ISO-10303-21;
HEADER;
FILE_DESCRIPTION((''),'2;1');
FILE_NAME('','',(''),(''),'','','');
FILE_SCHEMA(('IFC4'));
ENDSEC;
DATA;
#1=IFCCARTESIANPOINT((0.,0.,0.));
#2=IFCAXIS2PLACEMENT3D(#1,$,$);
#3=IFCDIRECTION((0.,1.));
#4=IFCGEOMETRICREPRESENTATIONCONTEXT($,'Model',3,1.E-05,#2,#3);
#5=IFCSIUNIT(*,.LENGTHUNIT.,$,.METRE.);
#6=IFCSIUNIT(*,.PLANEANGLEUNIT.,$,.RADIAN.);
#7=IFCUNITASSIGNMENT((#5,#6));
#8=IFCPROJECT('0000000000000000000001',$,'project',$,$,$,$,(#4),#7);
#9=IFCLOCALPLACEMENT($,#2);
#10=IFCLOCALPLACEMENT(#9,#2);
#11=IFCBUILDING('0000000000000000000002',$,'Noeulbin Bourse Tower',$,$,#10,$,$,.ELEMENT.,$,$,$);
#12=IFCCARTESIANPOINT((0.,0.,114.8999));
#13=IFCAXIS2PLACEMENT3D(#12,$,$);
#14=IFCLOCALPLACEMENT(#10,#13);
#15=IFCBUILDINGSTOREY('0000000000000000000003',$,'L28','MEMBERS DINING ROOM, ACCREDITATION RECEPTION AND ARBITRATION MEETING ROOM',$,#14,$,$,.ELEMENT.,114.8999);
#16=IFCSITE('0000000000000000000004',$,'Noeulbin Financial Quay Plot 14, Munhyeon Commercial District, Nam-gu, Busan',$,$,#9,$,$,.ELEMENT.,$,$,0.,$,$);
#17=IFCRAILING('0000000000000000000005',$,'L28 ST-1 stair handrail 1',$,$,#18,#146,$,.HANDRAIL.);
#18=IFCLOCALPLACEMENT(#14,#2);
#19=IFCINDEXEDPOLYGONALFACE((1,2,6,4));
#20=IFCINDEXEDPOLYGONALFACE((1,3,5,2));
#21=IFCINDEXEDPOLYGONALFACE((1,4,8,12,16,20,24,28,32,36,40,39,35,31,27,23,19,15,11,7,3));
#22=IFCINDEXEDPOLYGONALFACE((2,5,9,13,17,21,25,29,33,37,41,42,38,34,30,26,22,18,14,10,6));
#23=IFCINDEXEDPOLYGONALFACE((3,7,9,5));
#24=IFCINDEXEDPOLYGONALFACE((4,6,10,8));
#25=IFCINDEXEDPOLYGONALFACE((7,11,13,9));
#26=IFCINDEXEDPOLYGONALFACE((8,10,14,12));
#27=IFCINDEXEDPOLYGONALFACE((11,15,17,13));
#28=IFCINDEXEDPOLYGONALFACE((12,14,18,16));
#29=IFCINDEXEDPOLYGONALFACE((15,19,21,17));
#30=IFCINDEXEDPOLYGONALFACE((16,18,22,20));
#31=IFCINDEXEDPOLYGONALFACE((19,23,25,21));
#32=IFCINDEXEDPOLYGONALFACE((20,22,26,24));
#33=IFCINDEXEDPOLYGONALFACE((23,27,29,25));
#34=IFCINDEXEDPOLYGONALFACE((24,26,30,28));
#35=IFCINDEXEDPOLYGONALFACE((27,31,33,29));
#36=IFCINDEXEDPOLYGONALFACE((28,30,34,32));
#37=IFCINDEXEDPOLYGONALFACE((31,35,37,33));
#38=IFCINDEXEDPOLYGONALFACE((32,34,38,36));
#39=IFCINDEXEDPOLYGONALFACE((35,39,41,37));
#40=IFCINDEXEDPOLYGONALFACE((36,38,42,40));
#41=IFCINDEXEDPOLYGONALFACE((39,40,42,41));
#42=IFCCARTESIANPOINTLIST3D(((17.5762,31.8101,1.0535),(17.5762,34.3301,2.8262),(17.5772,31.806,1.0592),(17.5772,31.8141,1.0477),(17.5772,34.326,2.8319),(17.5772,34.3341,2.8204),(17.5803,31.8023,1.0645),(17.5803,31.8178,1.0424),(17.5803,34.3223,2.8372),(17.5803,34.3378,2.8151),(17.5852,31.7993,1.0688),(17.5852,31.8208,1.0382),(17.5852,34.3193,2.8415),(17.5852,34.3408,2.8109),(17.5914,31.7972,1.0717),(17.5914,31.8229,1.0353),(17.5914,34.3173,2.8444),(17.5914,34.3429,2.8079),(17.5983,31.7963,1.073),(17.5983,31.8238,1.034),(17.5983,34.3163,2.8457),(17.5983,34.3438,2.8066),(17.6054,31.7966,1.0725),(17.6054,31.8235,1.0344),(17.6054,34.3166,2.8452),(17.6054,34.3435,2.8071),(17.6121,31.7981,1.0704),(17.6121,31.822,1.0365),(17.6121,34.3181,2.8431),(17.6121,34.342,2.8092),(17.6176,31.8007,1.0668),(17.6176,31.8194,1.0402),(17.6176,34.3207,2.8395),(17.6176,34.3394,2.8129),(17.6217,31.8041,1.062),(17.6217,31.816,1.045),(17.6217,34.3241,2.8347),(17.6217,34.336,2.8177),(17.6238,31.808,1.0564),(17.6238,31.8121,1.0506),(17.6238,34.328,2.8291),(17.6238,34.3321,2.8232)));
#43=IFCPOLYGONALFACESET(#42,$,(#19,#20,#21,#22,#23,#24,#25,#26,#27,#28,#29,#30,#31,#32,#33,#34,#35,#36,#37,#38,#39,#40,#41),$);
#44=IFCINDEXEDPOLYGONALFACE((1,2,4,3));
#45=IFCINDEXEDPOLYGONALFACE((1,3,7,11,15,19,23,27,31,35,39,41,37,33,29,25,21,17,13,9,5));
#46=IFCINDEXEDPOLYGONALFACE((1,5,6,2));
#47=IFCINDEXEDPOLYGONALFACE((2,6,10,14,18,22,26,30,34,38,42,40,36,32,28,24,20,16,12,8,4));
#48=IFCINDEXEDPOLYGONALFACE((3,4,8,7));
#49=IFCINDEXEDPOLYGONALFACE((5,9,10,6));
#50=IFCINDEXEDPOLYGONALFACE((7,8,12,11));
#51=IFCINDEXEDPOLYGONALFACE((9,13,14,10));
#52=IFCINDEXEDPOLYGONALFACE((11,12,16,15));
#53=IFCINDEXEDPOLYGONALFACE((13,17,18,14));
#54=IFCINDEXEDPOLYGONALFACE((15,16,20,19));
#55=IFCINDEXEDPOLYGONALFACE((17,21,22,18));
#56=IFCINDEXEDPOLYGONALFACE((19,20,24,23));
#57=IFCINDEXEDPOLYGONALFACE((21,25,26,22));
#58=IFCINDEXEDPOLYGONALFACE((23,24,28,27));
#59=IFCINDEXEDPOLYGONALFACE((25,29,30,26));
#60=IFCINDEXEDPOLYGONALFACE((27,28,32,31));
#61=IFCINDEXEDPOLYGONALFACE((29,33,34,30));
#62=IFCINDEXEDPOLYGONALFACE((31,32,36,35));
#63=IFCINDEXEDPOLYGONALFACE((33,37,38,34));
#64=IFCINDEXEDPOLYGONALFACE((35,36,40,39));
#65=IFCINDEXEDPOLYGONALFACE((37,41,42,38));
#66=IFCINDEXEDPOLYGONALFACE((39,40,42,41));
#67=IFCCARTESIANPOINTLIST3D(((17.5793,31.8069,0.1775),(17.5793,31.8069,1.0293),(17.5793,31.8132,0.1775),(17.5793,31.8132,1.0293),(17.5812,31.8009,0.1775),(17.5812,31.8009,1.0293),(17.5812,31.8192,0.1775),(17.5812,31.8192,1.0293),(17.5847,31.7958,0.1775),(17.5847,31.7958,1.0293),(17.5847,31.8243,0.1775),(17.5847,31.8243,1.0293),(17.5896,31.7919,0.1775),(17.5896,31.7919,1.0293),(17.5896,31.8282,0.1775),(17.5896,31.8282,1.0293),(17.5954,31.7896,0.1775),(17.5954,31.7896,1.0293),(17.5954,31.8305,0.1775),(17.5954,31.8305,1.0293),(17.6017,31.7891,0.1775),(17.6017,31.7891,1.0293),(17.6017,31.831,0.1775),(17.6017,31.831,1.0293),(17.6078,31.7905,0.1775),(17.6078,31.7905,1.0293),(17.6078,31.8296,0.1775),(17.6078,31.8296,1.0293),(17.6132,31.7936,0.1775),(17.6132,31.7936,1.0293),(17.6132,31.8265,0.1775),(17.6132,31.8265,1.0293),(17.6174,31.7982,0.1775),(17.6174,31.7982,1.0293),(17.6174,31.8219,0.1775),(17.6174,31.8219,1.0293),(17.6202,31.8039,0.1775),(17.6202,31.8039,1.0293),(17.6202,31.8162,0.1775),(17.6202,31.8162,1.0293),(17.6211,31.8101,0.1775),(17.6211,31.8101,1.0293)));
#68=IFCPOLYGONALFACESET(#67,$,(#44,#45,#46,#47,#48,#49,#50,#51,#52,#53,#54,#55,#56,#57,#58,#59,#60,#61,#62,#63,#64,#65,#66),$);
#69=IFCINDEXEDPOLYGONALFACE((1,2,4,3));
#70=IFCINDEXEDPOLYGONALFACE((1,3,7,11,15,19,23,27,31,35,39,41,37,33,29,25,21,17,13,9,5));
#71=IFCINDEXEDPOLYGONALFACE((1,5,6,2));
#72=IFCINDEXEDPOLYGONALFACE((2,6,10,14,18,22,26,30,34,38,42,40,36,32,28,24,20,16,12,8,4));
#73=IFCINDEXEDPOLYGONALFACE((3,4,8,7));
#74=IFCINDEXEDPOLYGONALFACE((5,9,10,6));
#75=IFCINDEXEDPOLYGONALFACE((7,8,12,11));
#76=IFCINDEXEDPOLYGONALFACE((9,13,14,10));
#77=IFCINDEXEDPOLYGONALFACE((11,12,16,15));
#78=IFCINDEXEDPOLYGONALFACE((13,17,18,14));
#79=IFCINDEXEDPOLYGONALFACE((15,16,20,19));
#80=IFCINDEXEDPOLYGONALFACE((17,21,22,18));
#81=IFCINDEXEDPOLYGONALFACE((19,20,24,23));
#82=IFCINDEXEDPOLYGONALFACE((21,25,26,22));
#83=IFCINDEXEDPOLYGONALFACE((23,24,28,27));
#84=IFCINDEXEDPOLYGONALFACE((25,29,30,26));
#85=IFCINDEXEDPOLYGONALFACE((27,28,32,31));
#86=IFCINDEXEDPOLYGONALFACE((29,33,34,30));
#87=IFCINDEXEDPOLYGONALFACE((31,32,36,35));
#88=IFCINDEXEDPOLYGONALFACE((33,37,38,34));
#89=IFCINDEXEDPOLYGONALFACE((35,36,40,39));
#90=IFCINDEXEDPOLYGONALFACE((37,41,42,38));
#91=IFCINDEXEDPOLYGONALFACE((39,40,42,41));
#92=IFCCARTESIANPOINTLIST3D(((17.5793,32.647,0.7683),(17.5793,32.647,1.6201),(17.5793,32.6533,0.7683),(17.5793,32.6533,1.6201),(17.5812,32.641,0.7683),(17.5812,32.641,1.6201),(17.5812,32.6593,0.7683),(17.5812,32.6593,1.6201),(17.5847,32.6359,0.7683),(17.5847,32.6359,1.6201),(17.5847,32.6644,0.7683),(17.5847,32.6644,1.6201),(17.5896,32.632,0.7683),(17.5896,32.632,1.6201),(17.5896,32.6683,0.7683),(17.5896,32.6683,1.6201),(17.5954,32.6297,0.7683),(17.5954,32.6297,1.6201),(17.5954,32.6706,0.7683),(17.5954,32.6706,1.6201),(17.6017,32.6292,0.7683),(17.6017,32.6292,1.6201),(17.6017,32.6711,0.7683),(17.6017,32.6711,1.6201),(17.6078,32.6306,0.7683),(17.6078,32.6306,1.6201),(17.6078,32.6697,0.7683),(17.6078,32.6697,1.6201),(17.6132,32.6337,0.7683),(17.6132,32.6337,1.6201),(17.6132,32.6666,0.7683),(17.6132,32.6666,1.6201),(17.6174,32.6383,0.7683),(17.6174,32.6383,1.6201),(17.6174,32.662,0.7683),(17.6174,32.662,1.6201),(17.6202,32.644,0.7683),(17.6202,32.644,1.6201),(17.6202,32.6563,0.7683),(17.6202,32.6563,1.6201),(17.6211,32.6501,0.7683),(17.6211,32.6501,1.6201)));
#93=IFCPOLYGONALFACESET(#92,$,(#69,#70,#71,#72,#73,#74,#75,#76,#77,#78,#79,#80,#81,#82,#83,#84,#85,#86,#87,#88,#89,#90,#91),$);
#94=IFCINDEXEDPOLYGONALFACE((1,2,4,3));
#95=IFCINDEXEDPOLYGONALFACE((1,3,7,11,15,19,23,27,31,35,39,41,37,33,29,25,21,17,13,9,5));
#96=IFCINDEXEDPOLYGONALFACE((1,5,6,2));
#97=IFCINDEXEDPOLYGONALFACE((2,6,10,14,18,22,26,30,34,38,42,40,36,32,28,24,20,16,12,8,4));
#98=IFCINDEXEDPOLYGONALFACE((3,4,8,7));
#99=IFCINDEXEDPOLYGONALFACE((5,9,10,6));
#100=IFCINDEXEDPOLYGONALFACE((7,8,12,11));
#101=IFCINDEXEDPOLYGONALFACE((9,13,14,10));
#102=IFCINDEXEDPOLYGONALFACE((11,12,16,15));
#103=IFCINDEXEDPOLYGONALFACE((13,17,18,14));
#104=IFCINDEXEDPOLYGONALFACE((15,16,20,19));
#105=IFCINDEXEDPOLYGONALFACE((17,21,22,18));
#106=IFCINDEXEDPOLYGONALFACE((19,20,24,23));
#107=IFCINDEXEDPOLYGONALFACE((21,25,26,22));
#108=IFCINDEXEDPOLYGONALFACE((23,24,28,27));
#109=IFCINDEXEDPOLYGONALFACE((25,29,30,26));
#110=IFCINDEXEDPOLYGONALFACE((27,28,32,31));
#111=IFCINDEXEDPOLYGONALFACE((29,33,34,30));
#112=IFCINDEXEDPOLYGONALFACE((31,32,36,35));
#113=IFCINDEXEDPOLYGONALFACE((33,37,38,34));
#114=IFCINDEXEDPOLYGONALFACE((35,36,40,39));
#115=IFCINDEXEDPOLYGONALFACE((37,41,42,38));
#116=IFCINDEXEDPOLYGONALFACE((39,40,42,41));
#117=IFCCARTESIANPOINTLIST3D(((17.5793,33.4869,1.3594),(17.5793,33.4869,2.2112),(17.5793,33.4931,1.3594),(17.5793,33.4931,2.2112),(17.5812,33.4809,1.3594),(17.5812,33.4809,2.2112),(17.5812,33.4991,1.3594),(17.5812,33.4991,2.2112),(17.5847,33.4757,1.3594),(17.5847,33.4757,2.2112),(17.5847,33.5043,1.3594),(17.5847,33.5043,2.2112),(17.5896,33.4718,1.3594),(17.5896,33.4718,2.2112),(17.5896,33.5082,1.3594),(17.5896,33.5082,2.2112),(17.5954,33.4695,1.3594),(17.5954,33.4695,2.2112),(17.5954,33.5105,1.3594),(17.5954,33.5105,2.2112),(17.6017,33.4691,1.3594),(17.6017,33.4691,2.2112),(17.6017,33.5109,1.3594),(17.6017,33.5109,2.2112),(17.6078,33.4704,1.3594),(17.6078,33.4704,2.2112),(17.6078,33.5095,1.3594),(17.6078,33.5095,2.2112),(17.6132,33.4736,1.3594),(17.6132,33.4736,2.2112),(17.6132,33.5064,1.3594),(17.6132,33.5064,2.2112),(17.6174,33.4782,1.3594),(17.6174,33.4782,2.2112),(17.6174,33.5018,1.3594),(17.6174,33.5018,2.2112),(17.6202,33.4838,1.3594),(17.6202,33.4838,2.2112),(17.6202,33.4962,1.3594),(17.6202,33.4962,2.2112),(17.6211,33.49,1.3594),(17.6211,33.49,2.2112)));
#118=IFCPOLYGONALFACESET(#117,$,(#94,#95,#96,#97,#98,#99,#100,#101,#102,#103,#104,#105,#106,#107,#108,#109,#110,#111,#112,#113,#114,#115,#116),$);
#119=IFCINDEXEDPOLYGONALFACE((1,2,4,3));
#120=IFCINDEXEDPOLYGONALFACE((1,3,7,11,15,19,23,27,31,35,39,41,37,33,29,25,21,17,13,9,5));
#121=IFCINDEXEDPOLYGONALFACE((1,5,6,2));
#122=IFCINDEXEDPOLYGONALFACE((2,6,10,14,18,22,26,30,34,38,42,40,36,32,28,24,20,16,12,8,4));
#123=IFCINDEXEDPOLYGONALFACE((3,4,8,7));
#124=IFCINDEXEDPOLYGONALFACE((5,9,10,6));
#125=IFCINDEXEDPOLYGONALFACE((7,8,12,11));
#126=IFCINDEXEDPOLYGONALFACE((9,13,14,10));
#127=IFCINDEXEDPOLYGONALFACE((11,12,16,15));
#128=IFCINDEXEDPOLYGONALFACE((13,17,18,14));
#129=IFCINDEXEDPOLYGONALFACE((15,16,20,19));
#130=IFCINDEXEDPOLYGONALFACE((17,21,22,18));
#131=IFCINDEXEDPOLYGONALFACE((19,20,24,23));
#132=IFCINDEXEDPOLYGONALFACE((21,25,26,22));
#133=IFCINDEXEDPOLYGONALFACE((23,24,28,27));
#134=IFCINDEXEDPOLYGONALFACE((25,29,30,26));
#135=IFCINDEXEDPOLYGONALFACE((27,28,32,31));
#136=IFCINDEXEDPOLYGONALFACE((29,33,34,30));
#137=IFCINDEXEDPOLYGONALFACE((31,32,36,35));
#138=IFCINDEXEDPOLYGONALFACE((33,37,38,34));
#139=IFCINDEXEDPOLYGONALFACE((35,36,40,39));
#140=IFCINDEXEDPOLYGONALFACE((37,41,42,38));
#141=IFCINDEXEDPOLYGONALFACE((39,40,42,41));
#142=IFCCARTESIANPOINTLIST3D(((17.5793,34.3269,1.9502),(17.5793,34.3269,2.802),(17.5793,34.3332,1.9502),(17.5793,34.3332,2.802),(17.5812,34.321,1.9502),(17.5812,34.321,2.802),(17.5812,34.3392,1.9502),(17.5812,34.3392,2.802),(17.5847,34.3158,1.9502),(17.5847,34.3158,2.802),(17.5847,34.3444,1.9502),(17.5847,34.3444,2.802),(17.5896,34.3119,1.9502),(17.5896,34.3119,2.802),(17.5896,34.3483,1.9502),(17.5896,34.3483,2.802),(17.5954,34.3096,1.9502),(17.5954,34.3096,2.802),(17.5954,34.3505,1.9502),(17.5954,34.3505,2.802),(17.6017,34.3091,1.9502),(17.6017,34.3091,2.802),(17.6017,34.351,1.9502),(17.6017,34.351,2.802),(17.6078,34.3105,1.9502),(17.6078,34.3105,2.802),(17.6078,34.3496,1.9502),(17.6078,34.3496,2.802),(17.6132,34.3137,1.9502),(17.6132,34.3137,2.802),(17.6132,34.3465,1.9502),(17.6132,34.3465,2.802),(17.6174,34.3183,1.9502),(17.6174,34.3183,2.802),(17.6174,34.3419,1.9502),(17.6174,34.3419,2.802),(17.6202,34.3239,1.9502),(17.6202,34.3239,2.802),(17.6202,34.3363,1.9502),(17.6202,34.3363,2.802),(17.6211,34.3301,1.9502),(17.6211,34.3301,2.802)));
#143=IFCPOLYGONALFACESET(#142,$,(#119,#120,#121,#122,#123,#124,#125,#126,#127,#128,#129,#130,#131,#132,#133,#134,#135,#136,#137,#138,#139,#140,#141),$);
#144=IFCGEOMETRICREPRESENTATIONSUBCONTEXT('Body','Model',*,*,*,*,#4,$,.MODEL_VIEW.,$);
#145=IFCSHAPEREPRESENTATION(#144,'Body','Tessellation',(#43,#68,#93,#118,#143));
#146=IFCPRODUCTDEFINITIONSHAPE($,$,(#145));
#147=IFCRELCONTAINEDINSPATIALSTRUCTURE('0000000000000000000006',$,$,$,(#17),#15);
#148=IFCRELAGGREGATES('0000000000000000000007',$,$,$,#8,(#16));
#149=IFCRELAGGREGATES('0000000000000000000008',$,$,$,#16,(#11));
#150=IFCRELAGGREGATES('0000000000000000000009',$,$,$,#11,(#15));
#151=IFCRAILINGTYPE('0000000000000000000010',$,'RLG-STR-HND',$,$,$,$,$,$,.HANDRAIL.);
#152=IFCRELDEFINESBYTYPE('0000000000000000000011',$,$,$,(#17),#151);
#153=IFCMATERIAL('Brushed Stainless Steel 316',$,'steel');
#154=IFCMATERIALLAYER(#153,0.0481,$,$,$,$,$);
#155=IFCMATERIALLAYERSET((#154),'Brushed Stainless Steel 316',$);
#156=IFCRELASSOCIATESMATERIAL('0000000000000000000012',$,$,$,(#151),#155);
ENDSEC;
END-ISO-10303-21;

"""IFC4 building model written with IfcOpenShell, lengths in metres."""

from ifc_helpers import new_model, si_unit, direction, frame, origin, origin_2d, place, context, subcontext, project, spatial, circle, extrude, material, layer, layer_set, type_object, element, save


model = new_model("IFC4")

# Units and contexts
model_context = context("Model", 3, precision=1e-05, world=origin(), true_north=direction((0.0, 1.0)))
body_context = subcontext(model_context, "Body", "Model", "MODEL_VIEW")
ifc_project = project(units=[si_unit("LENGTHUNIT", "METRE"), si_unit("PLANEANGLEUNIT", "RADIAN")], contexts=[model_context])

# Site, building, storey
site_placement = place(None, origin())
site = spatial("IfcSite", under=ifc_project, at=site_placement, Name="Noeulbin Financial Quay Plot 14, Munhyeon Commercial District, Nam-gu, Busan", CompositionType="ELEMENT", RefElevation=0.0)
building_placement = place(site_placement, origin())
building = spatial("IfcBuilding", under=site, at=building_placement, Name="Noeulbin Bourse Tower", CompositionType="ELEMENT")
storey_placement = place(building_placement, frame((0.0, 0.0, 114.8999)))
storey = spatial("IfcBuildingStorey", under=building, at=storey_placement, Name="L28", Description="MEMBERS DINING ROOM, ACCREDITATION RECEPTION AND ARBITRATION MEETING ROOM", CompositionType="ELEMENT", Elevation=114.8999)

# Shared definitions
ifc_material_1 = material(Name="Brushed Stainless Steel 316", Category="steel")

# Railing
ifc_layer_1 = layer(ifc_material_1, 0.0481)
ifc_layer_set_1 = layer_set([ifc_layer_1], Name="Brushed Stainless Steel 316")
railing_type_1 = type_object("IfcRailingType", Name="RLG-STR-HND", PredefinedType="HANDRAIL", material=ifc_layer_set_1)
railing_1_placement = place(storey_placement, frame((17.6001, 31.8101, 0.1775)))
element("IfcRailing", 1, at=railing_1_placement, inside=storey, type_object=railing_type_1, Name="L28 ST-1 stair handrail 1", PredefinedType="HANDRAIL", context=body_context, shape_type="SweptSolid", body=[
    extrude(circle(Radius=0.0239, at=origin_2d()), frame((0.0, 0.0, 0.876), z_axis=(0.0, 0.817904, 0.575354), x_axis=(-1.0, 0.0, 0.0)), (0.0, 0.0, 1.0), 3.0811),
    extrude(circle(Radius=0.021, at=origin_2d()), origin(), (0.0, 0.0, 1.0), 0.8518),
    extrude(circle(Radius=0.021, at=origin_2d()), frame((0.0, 0.8401, 0.5908)), (0.0, 0.0, 1.0), 0.8518),
    extrude(circle(Radius=0.021, at=origin_2d()), frame((0.0, 1.6799, 1.1819)), (0.0, 0.0, 1.0), 0.8518),
    extrude(circle(Radius=0.021, at=origin_2d()), frame((0.0, 2.52, 1.7727)), (0.0, 0.0, 1.0), 0.8518),
])

save(model, "model.ifc")
